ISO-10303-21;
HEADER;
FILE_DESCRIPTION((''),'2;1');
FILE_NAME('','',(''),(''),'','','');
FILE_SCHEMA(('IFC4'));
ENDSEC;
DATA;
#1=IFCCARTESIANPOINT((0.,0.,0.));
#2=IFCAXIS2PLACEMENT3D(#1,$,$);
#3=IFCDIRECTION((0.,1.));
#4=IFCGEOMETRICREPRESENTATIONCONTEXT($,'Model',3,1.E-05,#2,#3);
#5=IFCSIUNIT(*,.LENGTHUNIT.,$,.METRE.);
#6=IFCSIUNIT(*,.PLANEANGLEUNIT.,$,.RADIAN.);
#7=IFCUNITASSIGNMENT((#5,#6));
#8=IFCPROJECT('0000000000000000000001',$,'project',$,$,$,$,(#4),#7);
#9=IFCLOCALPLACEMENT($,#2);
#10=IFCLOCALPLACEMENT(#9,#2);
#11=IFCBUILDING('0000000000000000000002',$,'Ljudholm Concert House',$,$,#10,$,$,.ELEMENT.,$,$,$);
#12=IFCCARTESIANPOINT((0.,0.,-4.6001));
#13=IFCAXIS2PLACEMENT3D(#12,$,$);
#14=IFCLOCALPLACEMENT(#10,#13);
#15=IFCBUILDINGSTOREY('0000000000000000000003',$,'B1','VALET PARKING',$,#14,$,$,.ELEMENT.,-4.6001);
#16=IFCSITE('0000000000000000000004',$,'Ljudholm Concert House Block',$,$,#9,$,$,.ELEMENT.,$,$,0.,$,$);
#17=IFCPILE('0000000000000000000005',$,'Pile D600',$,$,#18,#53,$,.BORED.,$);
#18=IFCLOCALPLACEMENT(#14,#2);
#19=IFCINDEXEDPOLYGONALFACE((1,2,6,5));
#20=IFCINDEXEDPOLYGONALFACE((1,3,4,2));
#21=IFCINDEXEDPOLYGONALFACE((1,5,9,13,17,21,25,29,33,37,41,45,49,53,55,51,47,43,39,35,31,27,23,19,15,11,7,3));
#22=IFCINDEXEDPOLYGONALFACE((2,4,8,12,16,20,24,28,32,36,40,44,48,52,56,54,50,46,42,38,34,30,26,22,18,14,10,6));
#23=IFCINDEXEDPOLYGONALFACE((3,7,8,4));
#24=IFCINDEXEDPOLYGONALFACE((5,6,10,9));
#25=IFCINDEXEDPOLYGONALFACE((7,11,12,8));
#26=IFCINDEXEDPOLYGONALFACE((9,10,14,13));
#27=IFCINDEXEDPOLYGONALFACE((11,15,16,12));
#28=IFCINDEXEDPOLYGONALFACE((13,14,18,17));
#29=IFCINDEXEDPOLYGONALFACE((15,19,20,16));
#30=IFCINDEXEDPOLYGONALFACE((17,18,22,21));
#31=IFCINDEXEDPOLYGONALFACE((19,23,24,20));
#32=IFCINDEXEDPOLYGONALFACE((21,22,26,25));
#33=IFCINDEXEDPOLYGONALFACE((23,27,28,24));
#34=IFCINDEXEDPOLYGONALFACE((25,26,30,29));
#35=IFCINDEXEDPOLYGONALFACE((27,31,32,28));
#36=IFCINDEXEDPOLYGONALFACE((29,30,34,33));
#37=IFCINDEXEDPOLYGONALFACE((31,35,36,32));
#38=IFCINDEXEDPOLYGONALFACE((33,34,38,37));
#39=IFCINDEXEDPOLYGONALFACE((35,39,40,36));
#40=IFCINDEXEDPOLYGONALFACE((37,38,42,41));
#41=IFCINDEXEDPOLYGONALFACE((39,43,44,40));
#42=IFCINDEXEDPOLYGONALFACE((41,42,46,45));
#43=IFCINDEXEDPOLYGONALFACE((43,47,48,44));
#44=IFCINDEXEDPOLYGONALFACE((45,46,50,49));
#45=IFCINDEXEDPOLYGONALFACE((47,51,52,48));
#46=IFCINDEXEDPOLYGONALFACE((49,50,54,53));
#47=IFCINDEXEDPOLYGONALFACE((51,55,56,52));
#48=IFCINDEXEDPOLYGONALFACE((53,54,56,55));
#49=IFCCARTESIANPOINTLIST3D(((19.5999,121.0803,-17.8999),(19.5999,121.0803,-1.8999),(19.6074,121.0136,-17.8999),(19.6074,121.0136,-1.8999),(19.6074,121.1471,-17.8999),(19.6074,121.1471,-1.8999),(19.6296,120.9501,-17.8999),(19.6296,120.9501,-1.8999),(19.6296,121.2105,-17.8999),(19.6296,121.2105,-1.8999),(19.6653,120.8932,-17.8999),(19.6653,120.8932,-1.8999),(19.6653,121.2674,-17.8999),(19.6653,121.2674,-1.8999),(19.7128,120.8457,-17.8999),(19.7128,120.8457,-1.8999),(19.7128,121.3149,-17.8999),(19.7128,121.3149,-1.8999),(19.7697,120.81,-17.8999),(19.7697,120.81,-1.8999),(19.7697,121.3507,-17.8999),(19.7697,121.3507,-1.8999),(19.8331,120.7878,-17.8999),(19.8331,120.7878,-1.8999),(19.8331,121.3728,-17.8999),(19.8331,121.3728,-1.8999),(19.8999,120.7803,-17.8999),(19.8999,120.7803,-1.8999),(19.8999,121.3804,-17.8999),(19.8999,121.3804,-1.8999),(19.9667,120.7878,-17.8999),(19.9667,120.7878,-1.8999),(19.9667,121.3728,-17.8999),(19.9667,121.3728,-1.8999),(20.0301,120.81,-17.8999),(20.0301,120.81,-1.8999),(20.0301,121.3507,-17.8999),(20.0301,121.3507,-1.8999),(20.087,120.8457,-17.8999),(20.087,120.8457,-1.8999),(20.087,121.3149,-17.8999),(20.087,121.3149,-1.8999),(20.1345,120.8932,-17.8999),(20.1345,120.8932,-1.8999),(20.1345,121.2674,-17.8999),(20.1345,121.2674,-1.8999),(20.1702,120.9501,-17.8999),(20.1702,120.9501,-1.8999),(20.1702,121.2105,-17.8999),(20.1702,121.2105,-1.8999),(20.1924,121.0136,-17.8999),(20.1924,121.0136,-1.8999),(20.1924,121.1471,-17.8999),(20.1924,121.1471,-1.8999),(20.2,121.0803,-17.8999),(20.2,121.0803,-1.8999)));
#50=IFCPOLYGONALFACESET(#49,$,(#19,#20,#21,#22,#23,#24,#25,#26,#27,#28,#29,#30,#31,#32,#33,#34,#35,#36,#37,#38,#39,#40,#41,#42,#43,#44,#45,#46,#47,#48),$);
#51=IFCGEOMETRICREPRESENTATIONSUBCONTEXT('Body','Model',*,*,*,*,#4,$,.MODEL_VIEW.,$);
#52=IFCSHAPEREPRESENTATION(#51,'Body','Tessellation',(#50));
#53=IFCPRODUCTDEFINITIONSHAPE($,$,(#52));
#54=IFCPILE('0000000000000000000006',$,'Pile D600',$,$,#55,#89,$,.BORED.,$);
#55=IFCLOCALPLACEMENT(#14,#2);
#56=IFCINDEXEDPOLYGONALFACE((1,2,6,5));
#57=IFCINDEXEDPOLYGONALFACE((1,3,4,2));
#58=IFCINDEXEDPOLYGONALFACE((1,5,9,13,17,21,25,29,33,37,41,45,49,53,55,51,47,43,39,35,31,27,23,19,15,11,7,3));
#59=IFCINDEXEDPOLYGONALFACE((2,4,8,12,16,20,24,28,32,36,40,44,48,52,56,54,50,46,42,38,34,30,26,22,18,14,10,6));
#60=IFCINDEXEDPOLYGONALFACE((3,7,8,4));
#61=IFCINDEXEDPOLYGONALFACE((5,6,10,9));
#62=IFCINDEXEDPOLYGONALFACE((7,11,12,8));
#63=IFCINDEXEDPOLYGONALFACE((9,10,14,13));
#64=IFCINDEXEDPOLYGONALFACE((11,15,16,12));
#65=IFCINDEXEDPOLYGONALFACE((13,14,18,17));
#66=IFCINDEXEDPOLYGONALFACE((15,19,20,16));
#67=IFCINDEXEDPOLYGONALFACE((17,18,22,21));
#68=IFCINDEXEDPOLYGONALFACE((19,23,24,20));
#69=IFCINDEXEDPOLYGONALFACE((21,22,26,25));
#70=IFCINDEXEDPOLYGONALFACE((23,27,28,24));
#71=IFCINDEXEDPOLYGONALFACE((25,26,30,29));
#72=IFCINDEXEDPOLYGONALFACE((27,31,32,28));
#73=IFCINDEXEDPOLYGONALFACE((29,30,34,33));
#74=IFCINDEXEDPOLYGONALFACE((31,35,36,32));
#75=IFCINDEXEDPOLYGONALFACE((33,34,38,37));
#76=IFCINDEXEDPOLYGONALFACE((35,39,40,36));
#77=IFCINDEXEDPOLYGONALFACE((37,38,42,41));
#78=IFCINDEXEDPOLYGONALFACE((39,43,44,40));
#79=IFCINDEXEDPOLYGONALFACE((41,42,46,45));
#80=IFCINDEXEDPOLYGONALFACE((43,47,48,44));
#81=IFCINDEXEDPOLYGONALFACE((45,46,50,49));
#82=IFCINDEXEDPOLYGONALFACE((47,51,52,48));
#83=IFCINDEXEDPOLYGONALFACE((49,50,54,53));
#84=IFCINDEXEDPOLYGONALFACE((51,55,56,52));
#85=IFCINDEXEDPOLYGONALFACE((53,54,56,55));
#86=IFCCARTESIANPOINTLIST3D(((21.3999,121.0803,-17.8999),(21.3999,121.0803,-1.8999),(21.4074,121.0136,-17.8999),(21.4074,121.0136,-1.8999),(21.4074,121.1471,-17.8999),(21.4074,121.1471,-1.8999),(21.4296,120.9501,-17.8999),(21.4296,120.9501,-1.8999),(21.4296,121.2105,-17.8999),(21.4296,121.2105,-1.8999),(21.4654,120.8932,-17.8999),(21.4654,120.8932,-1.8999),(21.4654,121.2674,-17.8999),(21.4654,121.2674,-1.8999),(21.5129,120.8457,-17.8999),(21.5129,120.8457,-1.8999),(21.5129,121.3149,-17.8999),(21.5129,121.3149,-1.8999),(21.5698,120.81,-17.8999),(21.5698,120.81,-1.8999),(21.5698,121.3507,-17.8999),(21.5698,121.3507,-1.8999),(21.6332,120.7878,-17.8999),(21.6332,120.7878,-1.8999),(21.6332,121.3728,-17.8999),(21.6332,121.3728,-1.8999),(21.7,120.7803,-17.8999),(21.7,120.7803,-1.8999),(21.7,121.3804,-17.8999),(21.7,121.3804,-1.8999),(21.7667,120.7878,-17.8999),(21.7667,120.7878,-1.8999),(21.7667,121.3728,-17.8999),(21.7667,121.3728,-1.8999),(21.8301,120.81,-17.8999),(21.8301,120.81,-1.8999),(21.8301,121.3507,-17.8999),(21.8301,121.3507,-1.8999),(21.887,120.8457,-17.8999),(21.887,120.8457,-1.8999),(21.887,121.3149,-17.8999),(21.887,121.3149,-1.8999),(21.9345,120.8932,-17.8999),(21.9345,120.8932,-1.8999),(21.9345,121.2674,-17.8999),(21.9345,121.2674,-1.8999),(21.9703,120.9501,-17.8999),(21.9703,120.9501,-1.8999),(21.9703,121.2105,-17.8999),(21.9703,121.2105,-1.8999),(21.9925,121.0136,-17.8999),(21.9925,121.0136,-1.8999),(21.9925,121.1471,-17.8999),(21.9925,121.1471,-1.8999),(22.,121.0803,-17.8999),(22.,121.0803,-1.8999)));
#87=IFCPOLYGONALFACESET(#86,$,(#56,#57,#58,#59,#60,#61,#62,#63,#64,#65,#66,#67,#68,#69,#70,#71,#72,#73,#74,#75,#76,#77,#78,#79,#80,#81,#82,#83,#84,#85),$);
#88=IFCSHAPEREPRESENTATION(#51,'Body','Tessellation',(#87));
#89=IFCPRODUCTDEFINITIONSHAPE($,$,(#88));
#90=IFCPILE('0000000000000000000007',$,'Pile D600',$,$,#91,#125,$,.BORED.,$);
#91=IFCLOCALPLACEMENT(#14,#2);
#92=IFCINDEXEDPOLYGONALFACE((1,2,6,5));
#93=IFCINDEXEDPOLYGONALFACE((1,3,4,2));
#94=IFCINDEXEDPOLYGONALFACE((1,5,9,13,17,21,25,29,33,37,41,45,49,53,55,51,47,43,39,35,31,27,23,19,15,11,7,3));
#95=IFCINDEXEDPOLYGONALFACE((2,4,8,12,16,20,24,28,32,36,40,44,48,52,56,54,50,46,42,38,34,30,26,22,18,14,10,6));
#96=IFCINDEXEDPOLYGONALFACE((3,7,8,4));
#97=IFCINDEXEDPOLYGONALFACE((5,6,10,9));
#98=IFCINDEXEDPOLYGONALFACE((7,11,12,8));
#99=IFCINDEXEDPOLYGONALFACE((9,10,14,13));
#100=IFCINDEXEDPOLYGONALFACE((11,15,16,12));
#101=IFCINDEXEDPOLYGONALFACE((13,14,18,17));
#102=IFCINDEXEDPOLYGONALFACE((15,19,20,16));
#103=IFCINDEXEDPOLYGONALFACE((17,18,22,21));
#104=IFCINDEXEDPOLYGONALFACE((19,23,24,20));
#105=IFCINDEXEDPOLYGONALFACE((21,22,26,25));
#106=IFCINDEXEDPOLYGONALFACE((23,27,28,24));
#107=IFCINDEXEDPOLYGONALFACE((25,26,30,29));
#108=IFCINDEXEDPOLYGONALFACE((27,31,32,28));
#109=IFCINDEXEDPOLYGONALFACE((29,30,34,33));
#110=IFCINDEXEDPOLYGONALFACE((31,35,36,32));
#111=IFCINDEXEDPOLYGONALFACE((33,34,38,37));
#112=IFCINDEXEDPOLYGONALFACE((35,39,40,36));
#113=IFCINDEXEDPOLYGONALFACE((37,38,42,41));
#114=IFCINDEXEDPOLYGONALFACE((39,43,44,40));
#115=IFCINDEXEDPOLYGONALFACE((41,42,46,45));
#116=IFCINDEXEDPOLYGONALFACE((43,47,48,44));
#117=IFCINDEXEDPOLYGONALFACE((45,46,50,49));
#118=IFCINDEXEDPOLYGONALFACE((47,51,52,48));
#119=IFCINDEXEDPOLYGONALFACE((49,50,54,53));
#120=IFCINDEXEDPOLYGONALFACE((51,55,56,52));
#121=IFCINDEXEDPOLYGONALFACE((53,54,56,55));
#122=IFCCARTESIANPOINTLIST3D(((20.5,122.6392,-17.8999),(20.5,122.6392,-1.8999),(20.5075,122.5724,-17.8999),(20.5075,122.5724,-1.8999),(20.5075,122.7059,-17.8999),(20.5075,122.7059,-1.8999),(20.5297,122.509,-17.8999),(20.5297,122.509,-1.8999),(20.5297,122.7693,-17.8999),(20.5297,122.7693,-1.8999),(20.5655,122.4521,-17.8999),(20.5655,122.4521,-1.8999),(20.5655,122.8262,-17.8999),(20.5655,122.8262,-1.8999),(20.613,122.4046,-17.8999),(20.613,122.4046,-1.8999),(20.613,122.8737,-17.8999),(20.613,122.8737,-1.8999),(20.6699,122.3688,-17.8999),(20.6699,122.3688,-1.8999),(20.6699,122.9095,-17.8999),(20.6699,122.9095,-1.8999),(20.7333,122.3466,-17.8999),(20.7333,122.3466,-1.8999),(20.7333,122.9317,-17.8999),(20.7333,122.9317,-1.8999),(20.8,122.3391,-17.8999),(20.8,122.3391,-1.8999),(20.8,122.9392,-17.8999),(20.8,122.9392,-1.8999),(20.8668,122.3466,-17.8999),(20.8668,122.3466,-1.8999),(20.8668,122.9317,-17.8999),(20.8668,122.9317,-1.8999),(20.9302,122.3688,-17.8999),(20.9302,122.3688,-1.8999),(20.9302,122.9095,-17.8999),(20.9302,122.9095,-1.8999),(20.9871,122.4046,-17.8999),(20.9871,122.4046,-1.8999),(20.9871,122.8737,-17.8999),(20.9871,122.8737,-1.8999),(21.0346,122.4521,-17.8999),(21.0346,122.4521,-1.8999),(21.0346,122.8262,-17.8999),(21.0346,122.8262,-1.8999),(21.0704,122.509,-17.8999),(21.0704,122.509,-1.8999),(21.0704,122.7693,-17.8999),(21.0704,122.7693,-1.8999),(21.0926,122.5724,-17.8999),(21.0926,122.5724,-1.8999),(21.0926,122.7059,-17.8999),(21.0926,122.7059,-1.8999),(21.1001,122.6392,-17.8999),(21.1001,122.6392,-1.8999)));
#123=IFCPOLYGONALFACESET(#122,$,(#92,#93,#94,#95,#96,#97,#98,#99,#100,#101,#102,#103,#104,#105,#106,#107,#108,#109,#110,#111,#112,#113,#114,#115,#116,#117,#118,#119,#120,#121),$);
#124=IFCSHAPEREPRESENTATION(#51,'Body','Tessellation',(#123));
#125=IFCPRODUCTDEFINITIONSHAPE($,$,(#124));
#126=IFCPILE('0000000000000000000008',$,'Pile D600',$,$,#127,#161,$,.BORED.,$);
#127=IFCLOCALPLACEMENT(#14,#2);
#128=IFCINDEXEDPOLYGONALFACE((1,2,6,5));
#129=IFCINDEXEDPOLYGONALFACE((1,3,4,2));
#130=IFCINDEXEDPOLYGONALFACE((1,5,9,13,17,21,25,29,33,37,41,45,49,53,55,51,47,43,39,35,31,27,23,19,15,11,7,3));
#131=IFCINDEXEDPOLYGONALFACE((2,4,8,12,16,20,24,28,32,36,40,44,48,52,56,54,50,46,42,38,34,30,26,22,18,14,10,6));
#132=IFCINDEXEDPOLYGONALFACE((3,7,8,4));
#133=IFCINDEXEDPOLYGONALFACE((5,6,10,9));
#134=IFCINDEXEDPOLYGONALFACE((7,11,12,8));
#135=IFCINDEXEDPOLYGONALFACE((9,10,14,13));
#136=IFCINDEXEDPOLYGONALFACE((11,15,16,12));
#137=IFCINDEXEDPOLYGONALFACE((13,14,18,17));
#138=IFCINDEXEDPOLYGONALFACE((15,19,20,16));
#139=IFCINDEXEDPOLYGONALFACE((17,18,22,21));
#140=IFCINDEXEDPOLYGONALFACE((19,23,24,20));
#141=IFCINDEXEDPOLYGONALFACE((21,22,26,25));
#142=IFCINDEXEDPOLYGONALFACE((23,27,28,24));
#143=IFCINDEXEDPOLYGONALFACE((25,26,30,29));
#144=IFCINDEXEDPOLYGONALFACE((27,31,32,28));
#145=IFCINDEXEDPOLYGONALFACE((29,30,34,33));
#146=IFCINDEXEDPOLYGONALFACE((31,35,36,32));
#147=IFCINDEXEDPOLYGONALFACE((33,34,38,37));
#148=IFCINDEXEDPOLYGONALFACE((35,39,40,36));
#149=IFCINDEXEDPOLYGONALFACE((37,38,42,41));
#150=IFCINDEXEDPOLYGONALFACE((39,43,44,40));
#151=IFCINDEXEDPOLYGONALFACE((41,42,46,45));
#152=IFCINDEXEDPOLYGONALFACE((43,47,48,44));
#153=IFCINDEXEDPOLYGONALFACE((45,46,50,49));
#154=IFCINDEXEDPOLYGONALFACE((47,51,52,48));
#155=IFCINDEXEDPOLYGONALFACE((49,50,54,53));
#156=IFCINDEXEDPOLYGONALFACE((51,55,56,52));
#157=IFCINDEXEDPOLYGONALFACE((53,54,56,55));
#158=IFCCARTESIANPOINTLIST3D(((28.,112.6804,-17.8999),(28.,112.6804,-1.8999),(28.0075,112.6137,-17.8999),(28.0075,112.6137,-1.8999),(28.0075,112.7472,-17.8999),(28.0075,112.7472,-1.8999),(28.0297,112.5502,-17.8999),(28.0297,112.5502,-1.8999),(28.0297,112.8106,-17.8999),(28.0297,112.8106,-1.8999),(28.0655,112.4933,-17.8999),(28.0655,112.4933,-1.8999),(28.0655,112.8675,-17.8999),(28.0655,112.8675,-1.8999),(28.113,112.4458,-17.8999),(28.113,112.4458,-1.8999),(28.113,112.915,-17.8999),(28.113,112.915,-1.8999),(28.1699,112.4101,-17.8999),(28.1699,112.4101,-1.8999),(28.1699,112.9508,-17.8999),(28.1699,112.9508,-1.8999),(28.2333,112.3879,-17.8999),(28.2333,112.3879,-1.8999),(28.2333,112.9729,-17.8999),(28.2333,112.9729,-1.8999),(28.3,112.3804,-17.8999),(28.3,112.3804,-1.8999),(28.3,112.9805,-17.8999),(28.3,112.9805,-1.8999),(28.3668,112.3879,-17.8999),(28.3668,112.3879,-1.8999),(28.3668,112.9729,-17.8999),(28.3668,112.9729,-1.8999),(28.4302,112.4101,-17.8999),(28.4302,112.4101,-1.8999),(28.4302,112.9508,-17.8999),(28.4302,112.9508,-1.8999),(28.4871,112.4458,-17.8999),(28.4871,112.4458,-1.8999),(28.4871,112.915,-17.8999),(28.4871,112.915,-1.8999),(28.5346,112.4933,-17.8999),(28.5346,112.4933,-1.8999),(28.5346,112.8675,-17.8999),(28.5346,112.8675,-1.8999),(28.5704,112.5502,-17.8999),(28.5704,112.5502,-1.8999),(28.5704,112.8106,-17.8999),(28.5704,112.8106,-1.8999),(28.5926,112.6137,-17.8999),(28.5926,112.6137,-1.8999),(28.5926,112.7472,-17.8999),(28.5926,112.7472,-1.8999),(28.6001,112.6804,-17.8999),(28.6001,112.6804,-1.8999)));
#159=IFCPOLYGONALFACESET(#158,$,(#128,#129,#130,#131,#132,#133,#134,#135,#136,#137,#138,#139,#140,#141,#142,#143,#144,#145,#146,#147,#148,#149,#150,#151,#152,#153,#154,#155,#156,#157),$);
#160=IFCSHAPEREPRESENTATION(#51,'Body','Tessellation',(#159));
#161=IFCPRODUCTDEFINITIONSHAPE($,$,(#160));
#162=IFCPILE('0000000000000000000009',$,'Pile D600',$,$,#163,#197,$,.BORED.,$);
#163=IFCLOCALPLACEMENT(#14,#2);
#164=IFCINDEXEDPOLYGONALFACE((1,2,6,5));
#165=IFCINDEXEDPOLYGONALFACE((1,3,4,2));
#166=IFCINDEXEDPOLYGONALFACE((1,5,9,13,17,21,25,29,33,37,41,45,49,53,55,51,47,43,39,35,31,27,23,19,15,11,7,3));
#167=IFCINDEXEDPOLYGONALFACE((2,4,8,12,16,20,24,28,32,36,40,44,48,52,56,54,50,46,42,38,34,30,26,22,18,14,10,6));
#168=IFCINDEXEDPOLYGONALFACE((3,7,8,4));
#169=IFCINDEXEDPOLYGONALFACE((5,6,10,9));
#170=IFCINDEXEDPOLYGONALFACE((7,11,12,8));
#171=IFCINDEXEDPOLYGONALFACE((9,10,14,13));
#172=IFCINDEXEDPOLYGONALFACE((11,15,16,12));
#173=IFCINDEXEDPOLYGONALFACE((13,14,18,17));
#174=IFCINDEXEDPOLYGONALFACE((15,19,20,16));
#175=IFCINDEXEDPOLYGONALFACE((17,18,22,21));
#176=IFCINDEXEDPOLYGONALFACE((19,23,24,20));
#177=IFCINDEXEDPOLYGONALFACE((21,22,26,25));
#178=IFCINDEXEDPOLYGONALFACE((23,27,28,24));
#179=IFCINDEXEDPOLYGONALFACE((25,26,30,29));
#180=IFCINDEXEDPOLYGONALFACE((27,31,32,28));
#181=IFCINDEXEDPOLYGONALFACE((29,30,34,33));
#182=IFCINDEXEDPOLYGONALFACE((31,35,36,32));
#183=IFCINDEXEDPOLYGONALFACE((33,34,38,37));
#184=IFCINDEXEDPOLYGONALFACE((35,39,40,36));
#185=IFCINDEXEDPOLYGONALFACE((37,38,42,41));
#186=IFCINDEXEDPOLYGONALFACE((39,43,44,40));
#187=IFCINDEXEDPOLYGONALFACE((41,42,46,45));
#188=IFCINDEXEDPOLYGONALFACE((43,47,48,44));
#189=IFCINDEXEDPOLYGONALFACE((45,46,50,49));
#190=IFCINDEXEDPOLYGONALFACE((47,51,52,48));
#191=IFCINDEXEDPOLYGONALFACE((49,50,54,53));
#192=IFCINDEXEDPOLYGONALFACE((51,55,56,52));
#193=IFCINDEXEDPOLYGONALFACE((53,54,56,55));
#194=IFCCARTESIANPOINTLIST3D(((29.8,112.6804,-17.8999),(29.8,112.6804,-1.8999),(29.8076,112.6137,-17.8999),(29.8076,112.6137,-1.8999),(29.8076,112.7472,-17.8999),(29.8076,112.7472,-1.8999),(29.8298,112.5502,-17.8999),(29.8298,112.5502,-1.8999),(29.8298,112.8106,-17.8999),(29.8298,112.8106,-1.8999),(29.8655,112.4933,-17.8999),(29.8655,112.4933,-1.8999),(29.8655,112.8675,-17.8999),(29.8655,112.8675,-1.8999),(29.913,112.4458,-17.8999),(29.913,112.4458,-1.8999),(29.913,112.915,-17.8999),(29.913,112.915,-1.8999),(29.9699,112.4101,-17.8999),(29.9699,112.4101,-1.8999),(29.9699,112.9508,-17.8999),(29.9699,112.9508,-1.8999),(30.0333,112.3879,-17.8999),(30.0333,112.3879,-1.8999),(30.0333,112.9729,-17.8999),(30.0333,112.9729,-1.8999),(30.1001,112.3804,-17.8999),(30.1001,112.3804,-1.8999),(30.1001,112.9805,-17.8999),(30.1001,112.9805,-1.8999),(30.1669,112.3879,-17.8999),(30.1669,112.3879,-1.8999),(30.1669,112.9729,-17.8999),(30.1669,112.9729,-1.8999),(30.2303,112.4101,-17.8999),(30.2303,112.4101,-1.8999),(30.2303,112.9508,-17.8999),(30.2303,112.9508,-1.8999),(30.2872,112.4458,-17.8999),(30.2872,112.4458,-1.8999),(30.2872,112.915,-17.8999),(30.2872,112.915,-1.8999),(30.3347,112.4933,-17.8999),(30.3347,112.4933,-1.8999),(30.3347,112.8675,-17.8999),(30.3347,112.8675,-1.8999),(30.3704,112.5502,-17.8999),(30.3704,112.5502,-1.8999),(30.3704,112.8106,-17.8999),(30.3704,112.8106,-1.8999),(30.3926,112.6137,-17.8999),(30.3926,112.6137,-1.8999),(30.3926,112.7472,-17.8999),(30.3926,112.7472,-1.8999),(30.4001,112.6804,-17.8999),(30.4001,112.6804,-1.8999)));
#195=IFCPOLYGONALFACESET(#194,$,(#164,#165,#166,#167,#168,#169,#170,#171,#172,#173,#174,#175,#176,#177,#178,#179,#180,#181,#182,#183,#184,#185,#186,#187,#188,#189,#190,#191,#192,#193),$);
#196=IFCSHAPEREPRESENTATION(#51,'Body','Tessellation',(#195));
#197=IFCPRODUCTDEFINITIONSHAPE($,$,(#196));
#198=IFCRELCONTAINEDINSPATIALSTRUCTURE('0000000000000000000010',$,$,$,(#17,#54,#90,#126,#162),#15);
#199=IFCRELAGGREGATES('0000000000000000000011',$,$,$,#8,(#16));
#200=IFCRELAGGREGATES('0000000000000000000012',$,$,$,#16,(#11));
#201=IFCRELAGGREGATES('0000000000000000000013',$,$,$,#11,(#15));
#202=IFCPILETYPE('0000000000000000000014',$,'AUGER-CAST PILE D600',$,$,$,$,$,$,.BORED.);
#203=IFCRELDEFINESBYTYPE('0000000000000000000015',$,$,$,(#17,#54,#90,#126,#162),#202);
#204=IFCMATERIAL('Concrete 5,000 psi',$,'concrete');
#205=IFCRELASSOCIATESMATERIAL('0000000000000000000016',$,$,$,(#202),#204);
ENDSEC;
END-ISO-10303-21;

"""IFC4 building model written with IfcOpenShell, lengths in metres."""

from ifc_helpers import new_model, si_unit, direction, frame, origin, origin_2d, place, context, subcontext, project, spatial, circle, extrude, material, material_profile, profile_set, type_object, element, save


model = new_model("IFC4")

# Units and contexts
model_context = context("Model", 3, precision=1e-05, world=origin(), true_north=direction((0.0, 1.0)))
body_context = subcontext(model_context, "Body", "Model", "MODEL_VIEW")
ifc_project = project(units=[si_unit("LENGTHUNIT", "METRE"), si_unit("PLANEANGLEUNIT", "RADIAN")], contexts=[model_context])

# Site, building, storey
site_placement = place(None, origin())
site = spatial("IfcSite", under=ifc_project, at=site_placement, Name="Ljudholm Concert House Block", CompositionType="ELEMENT", RefElevation=0.0)
building_placement = place(site_placement, origin())
building = spatial("IfcBuilding", under=site, at=building_placement, Name="Ljudholm Concert House", CompositionType="ELEMENT")
storey_placement = place(building_placement, frame((0.0, 0.0, -4.6001)))
storey = spatial("IfcBuildingStorey", under=building, at=storey_placement, Name="B1", Description="VALET PARKING", CompositionType="ELEMENT", Elevation=-4.6001)

# Piles
ifc_material_1 = material(Name="Concrete 5,000 psi", Category="concrete")
ifc_material_profile_1 = material_profile(ifc_material_1, circle(Radius=0.3, at=origin_2d()), Name="AUGER-CAST PILE D600")
ifc_profile_set_1 = profile_set([ifc_material_profile_1], Name="Concrete 5,000 psi")
pile_type = type_object("IfcPileType", Name="AUGER-CAST PILE D600", PredefinedType="BORED", material=ifc_profile_set_1)
for number, where, z_axis, x_axis, name in (
    (1, (19.8999, 121.0803, -1.8999), (0.0, 0.0, -1.0), (1.0, 0.0, 0.0), "Pile D600"),
    (2, (21.7, 121.0803, -1.8999), (0.0, 0.0, -1.0), (1.0, 0.0, 0.0), "Pile D600"),
    (3, (20.8, 122.6392, -1.8999), (0.0, 0.0, -1.0), (1.0, 0.0, 0.0), "Pile D600"),
    (4, (28.3, 112.6804, -1.8999), (0.0, 0.0, -1.0), (1.0, 0.0, 0.0), "Pile D600"),
    (5, (30.1001, 112.6804, -1.8999), (0.0, 0.0, -1.0), (1.0, 0.0, 0.0), "Pile D600"),
):
    element("IfcPile", number, at=place(storey_placement, frame(where, z_axis=z_axis, x_axis=x_axis)), inside=storey, type_object=pile_type, Name=name, PredefinedType="BORED", context=body_context, shape_type="SweptSolid", body=[
        extrude(circle(Radius=0.3, at=origin_2d()), origin(), (0.0, 0.0, 1.0), 16.0),
    ])

save(model, "model.ifc")
